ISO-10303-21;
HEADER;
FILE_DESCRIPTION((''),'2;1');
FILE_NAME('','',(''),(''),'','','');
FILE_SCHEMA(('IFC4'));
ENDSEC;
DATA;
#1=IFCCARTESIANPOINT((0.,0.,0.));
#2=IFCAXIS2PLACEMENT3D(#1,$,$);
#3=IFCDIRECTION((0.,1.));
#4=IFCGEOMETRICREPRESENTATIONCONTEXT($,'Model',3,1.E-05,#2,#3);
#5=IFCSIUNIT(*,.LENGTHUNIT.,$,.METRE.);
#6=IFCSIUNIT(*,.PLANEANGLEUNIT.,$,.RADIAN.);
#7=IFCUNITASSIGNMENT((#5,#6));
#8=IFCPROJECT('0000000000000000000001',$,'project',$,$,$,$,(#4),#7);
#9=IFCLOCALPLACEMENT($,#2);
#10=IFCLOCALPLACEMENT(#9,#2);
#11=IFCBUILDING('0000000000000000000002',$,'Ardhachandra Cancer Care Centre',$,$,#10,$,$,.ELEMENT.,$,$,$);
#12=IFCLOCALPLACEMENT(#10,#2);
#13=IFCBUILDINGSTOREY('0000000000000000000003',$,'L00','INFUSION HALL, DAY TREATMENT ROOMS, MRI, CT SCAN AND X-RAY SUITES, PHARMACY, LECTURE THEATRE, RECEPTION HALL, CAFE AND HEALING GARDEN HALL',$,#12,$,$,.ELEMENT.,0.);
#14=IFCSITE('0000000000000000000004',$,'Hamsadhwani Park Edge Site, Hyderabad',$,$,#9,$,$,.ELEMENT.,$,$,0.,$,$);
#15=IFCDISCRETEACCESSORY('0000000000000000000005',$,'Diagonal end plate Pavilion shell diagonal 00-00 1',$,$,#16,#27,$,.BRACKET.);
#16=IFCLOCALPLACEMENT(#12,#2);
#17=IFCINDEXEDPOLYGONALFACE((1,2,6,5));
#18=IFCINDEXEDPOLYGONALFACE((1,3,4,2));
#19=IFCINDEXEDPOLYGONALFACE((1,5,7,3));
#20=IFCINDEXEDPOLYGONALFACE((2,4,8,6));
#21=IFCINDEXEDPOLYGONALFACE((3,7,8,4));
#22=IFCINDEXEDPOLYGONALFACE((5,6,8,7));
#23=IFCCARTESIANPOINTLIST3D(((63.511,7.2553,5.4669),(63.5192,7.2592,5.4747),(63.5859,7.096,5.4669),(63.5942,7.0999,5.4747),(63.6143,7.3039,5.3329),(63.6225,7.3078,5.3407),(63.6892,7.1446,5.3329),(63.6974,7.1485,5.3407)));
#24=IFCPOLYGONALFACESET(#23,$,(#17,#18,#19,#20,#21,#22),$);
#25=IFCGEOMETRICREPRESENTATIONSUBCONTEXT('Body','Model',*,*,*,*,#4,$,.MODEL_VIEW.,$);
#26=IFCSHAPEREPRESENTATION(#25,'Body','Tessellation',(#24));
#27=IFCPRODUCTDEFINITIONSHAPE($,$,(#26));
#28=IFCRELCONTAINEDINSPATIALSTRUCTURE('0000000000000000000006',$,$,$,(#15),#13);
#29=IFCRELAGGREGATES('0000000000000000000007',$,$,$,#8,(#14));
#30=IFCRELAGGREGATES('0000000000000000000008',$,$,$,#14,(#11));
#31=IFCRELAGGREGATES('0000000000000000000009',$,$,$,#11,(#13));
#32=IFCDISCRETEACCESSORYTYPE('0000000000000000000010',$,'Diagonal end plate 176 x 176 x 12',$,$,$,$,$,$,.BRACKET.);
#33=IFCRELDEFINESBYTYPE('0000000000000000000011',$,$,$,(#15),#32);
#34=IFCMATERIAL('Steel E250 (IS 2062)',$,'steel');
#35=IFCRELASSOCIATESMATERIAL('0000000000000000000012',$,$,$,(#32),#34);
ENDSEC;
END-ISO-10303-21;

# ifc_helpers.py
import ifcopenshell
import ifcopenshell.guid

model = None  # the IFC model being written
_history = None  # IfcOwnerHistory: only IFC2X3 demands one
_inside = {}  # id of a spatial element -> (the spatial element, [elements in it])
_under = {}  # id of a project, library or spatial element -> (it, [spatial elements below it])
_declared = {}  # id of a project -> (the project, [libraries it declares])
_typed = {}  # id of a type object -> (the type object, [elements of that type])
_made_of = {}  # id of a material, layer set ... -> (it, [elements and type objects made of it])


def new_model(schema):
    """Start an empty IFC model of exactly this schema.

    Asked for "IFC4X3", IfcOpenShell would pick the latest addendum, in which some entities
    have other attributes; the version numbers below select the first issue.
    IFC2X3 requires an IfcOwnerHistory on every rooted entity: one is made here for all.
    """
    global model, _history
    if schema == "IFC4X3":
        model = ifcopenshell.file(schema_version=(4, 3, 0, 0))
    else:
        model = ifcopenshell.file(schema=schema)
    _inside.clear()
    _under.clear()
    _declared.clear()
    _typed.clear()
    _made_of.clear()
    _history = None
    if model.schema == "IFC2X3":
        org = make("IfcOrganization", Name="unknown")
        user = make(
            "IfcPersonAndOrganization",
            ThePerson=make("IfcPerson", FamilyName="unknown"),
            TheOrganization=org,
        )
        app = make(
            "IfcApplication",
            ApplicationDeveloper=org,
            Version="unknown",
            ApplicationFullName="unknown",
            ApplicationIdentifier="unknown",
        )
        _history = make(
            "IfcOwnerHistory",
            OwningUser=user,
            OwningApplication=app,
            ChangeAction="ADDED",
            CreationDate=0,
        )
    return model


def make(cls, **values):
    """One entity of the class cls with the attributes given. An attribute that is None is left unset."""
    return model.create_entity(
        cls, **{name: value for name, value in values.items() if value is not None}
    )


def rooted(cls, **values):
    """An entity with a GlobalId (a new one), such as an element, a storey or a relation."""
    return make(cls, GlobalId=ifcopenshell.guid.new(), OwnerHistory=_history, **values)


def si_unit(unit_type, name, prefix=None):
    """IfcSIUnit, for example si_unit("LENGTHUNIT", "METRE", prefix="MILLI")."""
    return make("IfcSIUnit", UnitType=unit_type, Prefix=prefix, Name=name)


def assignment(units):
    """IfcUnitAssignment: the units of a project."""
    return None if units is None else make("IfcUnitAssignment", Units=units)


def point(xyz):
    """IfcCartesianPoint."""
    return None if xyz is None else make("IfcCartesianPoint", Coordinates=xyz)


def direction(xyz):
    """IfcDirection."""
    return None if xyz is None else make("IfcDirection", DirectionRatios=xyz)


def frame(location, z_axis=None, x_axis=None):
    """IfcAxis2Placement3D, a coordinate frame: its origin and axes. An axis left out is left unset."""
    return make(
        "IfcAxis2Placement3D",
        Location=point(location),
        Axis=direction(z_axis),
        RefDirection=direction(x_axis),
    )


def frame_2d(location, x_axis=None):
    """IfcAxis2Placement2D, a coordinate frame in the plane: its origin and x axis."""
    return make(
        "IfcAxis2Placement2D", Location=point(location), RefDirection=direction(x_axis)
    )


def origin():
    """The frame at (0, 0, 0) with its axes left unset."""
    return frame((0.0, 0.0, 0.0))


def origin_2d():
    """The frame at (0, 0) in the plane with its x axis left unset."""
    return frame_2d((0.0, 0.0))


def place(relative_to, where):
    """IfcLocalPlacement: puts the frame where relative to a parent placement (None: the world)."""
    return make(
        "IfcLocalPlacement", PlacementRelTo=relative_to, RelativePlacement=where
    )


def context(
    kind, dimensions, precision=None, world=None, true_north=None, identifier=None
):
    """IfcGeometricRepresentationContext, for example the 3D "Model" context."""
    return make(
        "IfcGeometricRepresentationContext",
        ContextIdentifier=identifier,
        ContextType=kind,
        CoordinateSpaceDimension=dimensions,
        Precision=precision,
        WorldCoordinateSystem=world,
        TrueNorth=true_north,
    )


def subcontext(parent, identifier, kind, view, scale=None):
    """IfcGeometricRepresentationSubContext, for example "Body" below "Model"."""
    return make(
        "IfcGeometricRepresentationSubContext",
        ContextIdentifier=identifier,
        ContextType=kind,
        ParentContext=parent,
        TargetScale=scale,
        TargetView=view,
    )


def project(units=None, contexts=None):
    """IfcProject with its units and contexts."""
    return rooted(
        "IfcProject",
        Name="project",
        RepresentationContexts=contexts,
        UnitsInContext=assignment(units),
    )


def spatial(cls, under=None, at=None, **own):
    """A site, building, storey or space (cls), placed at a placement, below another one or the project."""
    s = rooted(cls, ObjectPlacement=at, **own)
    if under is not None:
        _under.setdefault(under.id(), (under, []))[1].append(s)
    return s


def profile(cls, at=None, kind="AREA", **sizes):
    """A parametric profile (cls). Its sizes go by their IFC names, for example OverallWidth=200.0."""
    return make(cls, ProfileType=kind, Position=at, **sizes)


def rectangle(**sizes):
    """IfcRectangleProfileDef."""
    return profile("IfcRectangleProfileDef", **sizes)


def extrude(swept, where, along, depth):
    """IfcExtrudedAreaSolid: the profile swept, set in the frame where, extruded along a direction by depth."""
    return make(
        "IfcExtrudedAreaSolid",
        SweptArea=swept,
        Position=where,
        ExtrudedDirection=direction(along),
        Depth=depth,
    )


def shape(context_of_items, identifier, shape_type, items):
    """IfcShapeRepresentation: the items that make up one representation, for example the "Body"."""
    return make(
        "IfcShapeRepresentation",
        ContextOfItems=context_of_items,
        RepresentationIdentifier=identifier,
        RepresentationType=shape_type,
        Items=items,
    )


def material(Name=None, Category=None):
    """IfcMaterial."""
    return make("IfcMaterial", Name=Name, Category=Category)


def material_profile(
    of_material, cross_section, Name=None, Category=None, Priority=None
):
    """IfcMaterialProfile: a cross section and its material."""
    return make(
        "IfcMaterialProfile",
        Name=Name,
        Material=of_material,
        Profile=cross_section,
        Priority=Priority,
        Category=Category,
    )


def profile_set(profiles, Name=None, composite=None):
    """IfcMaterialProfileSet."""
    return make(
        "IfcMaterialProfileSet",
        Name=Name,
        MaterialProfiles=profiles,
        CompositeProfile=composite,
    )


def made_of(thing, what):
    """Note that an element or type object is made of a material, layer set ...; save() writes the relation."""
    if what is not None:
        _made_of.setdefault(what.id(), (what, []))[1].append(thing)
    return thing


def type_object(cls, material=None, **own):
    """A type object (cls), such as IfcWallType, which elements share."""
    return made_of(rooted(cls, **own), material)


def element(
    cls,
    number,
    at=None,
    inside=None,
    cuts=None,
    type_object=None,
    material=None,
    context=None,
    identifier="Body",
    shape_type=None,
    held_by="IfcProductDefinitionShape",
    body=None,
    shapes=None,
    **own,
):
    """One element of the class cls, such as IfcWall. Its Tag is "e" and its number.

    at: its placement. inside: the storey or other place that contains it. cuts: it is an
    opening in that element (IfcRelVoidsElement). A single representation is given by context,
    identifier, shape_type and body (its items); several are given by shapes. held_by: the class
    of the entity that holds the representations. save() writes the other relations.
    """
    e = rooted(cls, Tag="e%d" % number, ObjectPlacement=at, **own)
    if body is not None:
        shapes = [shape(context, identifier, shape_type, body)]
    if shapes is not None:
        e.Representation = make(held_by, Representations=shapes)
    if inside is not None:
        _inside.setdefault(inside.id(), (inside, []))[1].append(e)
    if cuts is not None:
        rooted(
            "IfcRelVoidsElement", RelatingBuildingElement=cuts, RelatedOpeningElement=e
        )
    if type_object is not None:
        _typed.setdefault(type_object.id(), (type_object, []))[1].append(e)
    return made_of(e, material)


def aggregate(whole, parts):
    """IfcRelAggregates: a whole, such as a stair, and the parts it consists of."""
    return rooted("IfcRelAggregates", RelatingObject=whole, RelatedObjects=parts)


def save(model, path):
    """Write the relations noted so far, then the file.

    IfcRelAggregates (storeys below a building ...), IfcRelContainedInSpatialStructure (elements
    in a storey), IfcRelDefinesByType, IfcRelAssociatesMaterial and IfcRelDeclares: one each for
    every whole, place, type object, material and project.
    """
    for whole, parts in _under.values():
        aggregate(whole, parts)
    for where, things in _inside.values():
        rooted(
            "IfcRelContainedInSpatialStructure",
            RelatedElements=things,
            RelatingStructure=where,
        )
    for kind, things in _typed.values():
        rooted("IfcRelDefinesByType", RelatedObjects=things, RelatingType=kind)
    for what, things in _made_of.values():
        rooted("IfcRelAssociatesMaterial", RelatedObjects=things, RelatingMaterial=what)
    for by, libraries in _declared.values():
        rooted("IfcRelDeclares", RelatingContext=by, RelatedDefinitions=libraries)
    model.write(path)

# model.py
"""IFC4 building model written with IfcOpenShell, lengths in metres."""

from ifc_helpers import new_model, si_unit, direction, frame, origin, origin_2d, place, context, subcontext, project, spatial, rectangle, extrude, material, material_profile, profile_set, type_object, element, save


model = new_model("IFC4")

# Units and contexts
model_context = context("Model", 3, precision=1e-05, world=origin(), true_north=direction((0.0, 1.0)))
body_context = subcontext(model_context, "Body", "Model", "MODEL_VIEW")
ifc_project = project(units=[si_unit("LENGTHUNIT", "METRE"), si_unit("PLANEANGLEUNIT", "RADIAN")], contexts=[model_context])

# Site, building, storey
site_placement = place(None, origin())
site = spatial("IfcSite", under=ifc_project, at=site_placement, Name="Hamsadhwani Park Edge Site, Hyderabad", CompositionType="ELEMENT", RefElevation=0.0)
building_placement = place(site_placement, origin())
building = spatial("IfcBuilding", under=site, at=building_placement, Name="Ardhachandra Cancer Care Centre", CompositionType="ELEMENT")
storey_placement = place(building_placement, origin())
storey = spatial("IfcBuildingStorey", under=building, at=storey_placement, Name="L00", Description="INFUSION HALL, DAY TREATMENT ROOMS, MRI, CT SCAN AND X-RAY SUITES, PHARMACY, LECTURE THEATRE, RECEPTION HALL, CAFE AND HEALING GARDEN HALL", CompositionType="ELEMENT", Elevation=0.0)

# Discrete accessory
ifc_material_1 = material(Name="Steel E250 (IS 2062)", Category="steel")
ifc_material_profile_1 = material_profile(ifc_material_1, rectangle(XDim=0.176, YDim=0.176, at=origin_2d()), Name="PL 176x176x12")
ifc_profile_set_1 = profile_set([ifc_material_profile_1], Name="Steel E250 (IS 2062)")
discrete_accessory_type = type_object("IfcDiscreteAccessoryType", Name="Diagonal end plate 176 x 176 x 12", PredefinedType="BRACKET", material=ifc_profile_set_1)
discrete_accessory_placement = place(storey_placement, frame((63.6001, 7.2, 5.3999), z_axis=(0.688875, 0.324176, 0.648353), x_axis=(-0.425797, 0.904819, 0.0)))
element("IfcDiscreteAccessory", 1, at=discrete_accessory_placement, inside=storey, type_object=discrete_accessory_type, Name="Diagonal end plate Pavilion shell diagonal 00-00 1", PredefinedType="BRACKET", context=body_context, shape_type="SweptSolid", body=[
    extrude(rectangle(XDim=0.176, YDim=0.176, at=origin_2d()), origin(), (0.0, 0.0, 1.0), 0.012),
])

save(model, "model.ifc")
